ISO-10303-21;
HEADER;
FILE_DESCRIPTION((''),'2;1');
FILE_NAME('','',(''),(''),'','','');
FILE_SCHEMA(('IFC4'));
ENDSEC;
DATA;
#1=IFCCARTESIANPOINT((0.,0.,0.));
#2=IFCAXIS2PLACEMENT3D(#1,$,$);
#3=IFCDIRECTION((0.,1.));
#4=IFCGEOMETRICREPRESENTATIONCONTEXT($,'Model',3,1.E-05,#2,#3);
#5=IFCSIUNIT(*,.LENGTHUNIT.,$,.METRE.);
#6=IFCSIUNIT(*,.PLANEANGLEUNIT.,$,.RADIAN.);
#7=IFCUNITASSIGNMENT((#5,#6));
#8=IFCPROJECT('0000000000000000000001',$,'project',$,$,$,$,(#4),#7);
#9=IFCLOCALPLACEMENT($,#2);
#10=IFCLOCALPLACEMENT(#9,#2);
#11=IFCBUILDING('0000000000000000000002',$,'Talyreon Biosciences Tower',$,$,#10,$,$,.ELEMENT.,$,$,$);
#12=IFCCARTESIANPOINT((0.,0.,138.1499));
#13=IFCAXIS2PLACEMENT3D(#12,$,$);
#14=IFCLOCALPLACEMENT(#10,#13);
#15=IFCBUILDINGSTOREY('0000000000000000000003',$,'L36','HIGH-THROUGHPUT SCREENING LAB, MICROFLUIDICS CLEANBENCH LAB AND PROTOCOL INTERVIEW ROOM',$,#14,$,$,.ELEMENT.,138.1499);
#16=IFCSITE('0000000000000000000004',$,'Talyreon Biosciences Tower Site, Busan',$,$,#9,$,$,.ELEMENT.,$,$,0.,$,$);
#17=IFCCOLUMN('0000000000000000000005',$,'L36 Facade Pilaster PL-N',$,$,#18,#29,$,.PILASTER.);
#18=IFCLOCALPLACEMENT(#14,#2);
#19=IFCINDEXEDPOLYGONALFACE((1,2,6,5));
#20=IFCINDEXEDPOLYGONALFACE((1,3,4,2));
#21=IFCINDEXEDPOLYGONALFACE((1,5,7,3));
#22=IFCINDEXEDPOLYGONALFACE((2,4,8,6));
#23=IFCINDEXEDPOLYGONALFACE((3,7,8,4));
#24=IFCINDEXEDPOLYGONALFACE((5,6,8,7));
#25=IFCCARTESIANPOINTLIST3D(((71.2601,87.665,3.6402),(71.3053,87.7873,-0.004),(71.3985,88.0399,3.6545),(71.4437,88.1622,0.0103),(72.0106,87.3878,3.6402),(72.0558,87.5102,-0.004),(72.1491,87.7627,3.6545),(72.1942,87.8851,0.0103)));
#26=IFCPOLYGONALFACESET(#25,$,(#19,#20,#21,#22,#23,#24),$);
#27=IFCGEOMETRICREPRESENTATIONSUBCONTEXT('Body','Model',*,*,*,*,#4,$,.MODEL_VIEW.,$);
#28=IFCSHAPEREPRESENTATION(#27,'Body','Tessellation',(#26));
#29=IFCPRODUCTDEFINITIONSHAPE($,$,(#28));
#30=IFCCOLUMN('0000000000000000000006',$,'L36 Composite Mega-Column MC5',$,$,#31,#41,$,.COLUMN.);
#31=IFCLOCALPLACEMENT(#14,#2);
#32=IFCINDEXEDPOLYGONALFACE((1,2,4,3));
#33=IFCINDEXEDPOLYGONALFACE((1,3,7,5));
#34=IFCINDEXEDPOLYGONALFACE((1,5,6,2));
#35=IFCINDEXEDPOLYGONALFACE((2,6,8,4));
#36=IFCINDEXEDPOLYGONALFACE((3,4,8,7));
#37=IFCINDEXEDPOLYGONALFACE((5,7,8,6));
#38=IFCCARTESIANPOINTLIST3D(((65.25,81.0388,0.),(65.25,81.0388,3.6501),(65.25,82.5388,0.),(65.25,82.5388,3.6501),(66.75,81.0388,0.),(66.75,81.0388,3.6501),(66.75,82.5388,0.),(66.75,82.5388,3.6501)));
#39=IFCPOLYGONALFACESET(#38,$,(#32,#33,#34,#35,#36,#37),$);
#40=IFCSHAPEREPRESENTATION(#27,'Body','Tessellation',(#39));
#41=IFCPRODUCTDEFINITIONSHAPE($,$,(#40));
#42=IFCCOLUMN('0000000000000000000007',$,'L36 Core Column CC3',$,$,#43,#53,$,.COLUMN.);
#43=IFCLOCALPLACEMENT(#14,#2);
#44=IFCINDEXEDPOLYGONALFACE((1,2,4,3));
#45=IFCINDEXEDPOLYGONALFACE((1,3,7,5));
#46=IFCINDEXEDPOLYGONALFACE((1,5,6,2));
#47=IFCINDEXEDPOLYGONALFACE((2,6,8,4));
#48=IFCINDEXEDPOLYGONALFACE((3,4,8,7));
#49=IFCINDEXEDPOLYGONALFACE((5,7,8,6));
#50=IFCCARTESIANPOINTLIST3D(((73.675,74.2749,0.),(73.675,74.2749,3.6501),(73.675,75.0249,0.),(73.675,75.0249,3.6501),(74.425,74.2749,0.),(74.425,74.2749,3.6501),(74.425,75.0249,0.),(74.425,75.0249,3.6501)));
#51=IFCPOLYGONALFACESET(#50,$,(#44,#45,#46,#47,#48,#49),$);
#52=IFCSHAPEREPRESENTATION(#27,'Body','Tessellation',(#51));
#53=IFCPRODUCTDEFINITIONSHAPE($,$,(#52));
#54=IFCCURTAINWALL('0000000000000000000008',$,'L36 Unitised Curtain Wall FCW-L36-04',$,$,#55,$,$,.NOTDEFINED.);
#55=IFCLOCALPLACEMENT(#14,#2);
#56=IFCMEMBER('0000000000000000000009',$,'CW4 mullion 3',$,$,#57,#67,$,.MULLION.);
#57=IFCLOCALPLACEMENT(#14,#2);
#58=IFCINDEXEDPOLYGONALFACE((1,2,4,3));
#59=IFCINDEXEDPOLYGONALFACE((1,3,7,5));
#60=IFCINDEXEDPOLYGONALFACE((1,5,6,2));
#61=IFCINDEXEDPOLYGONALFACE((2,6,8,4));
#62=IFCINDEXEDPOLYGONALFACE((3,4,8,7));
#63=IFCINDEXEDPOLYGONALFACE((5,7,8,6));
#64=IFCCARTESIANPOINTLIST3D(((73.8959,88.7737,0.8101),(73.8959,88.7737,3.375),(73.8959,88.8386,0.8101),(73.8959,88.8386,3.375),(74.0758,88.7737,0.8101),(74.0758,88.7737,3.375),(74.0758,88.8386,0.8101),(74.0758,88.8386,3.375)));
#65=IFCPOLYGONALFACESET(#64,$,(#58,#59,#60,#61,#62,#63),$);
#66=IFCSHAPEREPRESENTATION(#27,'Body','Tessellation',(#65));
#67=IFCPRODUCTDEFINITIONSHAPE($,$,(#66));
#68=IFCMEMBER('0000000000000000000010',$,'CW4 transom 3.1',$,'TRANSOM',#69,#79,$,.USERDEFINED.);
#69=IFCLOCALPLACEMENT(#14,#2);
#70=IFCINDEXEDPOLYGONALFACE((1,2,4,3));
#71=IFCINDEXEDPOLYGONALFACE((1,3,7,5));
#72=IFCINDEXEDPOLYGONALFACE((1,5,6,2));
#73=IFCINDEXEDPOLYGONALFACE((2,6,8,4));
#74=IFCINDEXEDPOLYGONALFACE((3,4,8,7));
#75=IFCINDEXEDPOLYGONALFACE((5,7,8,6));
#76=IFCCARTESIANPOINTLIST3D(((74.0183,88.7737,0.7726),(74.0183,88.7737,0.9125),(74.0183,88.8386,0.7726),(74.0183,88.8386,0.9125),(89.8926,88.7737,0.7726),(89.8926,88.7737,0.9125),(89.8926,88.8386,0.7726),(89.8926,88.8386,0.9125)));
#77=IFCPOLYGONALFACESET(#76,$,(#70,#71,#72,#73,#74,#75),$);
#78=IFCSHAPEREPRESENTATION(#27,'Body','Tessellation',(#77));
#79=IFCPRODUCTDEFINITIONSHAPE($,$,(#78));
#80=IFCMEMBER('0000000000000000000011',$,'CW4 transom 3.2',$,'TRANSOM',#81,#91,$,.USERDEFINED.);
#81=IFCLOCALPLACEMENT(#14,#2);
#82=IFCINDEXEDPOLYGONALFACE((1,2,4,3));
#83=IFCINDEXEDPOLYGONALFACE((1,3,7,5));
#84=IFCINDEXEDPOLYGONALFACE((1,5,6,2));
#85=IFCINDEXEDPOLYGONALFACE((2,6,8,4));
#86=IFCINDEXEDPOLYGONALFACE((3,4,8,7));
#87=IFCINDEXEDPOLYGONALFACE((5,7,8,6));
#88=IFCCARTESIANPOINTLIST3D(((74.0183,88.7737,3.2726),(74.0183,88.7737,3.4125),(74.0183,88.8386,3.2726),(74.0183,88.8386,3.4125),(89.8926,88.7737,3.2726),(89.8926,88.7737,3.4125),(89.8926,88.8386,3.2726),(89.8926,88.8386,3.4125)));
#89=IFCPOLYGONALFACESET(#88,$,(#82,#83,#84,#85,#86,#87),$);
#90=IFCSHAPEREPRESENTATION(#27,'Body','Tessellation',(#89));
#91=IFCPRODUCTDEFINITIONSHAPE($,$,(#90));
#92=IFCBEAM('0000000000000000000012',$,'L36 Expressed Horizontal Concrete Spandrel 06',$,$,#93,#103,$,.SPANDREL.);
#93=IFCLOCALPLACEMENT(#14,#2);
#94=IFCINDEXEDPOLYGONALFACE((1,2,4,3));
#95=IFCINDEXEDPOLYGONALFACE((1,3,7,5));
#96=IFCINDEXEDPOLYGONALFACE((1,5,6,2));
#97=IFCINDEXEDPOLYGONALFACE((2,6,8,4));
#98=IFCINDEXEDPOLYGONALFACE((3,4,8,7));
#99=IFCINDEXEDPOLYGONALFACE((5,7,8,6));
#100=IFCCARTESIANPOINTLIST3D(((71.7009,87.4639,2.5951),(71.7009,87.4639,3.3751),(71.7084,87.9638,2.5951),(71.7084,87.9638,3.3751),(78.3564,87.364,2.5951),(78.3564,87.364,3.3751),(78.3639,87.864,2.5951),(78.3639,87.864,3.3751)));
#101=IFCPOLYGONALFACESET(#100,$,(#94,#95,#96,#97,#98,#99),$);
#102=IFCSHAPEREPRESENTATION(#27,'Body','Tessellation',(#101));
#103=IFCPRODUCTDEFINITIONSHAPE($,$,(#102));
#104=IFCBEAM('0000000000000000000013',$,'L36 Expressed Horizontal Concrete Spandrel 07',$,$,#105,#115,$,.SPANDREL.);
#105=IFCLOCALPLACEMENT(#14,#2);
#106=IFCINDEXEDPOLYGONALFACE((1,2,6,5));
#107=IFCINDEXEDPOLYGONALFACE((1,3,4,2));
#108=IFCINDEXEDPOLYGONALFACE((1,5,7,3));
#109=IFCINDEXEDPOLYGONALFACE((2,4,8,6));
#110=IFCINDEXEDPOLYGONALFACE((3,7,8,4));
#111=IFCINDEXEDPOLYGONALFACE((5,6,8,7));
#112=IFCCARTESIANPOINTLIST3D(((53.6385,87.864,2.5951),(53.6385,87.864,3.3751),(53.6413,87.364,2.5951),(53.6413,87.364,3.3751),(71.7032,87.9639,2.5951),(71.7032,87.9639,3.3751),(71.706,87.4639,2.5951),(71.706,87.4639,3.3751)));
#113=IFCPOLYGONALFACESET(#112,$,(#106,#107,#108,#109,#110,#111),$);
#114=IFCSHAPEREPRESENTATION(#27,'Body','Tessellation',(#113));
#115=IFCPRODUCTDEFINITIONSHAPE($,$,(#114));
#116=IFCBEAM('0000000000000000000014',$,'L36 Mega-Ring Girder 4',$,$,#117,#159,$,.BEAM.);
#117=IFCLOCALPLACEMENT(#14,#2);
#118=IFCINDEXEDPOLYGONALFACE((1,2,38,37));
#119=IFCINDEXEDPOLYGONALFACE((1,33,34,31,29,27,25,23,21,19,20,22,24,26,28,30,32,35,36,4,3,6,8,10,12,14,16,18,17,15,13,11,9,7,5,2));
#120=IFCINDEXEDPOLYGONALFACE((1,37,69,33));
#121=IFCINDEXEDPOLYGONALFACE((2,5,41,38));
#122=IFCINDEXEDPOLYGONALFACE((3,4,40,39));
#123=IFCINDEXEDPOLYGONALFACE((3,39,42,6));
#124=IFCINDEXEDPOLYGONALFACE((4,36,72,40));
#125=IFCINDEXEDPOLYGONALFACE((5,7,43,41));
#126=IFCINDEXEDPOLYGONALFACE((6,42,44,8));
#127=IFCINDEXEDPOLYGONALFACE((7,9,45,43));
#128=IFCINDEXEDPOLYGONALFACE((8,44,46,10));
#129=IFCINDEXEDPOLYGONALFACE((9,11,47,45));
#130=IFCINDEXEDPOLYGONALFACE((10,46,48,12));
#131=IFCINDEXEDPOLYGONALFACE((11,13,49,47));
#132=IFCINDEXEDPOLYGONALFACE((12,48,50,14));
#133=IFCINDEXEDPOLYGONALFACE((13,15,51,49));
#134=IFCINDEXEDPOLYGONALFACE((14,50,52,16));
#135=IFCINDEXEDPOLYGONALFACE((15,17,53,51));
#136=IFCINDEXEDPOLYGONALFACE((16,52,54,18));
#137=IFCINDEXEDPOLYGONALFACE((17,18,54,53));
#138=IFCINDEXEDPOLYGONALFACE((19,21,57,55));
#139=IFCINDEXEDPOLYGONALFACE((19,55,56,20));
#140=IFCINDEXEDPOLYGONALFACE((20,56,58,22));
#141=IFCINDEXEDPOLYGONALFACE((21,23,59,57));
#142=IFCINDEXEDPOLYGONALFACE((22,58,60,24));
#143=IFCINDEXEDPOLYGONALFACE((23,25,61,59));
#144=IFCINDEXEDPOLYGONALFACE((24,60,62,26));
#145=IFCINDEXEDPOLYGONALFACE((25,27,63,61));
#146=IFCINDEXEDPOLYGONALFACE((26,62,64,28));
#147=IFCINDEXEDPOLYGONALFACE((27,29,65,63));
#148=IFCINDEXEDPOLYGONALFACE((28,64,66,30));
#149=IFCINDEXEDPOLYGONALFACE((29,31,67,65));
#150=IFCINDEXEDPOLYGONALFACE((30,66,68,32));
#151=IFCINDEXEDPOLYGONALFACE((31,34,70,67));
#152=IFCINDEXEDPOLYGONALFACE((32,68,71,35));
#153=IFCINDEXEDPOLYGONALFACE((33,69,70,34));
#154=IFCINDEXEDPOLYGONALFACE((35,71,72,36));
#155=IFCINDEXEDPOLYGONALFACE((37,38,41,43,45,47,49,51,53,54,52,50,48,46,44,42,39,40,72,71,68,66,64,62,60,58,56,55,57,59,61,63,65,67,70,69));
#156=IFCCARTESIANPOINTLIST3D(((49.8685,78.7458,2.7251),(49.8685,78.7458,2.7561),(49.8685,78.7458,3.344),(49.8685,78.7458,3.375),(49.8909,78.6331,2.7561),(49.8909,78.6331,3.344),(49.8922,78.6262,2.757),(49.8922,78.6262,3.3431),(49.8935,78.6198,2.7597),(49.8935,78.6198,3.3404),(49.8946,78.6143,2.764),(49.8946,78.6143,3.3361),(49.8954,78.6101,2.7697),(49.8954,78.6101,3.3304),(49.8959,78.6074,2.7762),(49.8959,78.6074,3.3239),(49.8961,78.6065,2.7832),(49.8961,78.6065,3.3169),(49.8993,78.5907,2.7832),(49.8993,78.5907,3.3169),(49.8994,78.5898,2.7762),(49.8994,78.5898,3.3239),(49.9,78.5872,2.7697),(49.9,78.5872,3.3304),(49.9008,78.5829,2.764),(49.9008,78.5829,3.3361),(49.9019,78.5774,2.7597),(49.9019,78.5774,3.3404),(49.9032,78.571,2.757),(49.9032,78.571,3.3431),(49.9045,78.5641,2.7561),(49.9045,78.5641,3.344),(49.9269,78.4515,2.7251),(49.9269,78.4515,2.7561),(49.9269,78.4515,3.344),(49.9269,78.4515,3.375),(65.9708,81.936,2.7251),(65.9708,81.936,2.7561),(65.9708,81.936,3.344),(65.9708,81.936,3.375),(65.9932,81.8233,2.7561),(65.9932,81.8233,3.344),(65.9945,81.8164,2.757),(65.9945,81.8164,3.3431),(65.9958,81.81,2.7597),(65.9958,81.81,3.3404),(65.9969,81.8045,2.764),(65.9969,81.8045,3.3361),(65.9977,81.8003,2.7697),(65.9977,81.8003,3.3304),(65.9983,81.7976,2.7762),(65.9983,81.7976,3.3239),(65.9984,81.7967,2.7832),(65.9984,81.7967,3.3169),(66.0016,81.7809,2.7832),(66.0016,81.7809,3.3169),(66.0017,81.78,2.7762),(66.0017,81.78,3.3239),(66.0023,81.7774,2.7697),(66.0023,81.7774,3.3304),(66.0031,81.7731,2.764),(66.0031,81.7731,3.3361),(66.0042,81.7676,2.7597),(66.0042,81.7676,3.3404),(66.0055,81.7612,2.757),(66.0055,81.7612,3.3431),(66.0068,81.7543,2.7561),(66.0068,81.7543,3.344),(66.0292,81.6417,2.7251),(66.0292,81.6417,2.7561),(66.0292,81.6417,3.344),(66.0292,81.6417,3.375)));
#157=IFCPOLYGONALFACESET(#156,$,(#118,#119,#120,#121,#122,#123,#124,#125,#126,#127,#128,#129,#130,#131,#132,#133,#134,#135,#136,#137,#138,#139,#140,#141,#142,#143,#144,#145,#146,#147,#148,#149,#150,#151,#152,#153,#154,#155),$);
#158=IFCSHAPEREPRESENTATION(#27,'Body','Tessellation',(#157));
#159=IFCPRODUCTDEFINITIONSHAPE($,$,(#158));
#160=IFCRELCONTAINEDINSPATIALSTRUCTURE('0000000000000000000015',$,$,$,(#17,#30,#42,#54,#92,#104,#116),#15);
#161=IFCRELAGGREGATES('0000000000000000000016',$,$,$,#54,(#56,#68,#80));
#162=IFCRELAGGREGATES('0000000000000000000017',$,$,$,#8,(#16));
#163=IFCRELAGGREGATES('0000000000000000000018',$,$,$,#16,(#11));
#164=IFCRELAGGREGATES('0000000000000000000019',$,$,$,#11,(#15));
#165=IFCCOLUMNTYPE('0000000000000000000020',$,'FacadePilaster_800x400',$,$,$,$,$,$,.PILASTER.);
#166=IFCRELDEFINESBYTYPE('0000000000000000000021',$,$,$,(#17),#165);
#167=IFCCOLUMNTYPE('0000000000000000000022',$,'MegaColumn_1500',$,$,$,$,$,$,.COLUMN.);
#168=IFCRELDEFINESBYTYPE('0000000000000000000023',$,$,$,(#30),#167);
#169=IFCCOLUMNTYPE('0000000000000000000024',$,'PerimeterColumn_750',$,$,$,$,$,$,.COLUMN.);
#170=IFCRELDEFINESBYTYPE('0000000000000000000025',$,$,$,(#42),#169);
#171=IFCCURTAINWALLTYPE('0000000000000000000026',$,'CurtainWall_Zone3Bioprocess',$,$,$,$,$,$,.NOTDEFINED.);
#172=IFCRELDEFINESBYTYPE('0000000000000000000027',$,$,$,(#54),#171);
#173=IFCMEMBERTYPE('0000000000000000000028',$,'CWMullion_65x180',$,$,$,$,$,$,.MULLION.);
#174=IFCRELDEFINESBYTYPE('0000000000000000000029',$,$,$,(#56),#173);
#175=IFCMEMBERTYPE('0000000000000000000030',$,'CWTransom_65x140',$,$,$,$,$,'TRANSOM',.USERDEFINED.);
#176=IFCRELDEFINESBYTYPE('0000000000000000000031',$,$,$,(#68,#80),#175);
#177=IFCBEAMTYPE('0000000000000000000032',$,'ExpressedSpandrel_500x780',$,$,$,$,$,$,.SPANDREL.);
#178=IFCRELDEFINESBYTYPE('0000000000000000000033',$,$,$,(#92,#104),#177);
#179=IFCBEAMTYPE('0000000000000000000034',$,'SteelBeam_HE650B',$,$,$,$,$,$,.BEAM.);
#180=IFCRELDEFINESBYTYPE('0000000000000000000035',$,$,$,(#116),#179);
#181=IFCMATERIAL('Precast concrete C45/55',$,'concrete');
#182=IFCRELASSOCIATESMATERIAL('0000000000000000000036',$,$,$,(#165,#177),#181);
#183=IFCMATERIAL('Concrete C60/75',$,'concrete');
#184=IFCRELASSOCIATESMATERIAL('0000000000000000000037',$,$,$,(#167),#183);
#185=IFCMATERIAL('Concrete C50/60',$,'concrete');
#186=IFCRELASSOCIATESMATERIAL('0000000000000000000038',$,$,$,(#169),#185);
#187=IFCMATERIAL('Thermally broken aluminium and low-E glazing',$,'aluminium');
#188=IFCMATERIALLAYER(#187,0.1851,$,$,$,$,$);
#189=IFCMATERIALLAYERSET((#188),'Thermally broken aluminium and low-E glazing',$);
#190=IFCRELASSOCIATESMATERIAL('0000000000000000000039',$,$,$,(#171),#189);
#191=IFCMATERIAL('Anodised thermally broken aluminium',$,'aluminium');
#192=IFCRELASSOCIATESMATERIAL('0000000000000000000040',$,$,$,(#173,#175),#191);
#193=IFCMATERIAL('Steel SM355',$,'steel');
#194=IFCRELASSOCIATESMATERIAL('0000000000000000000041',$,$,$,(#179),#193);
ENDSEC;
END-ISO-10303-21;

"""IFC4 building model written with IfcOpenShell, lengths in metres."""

from ifc_helpers import new_model, si_unit, direction, frame, origin, origin_2d, place, context, subcontext, project, spatial, rectangle, i_section, extrude, material, layer, layer_set, material_profile, profile_set, type_object, element, aggregate, save


model = new_model("IFC4")

# Units and contexts
model_context = context("Model", 3, precision=1e-05, world=origin(), true_north=direction((0.0, 1.0)))
body_context = subcontext(model_context, "Body", "Model", "MODEL_VIEW")
ifc_project = project(units=[si_unit("LENGTHUNIT", "METRE"), si_unit("PLANEANGLEUNIT", "RADIAN")], contexts=[model_context])

# Site, building, storey
site_placement = place(None, origin())
site = spatial("IfcSite", under=ifc_project, at=site_placement, Name="Talyreon Biosciences Tower Site, Busan", CompositionType="ELEMENT", RefElevation=0.0)
building_placement = place(site_placement, origin())
building = spatial("IfcBuilding", under=site, at=building_placement, Name="Talyreon Biosciences Tower", CompositionType="ELEMENT")
storey_placement = place(building_placement, frame((0.0, 0.0, 138.1499)))
storey = spatial("IfcBuildingStorey", under=building, at=storey_placement, Name="L36", Description="HIGH-THROUGHPUT SCREENING LAB, MICROFLUIDICS CLEANBENCH LAB AND PROTOCOL INTERVIEW ROOM", CompositionType="ELEMENT", Elevation=138.1499)

# Columns
ifc_material_1 = material(Name="Precast concrete C45/55", Category="concrete")
ifc_material_profile_1 = material_profile(ifc_material_1, rectangle(XDim=0.8, YDim=0.3999, at=origin_2d()), Name="RC 800x400")
ifc_profile_set_1 = profile_set([ifc_material_profile_1], Name="Precast concrete C45/55")
column_type_1 = type_object("IfcColumnType", Name="FacadePilaster_800x400", PredefinedType="PILASTER", material=ifc_profile_set_1)
column_1_placement = place(storey_placement, frame((71.7498, 87.8362, 0.0032), z_axis=(-0.012387, -0.033544, 0.99936), x_axis=(-0.938087, 0.346399, 0.0)))
element("IfcColumn", 1, at=column_1_placement, inside=storey, type_object=column_type_1, Name="L36 Facade Pilaster PL-N", PredefinedType="PILASTER", context=body_context, shape_type="SweptSolid", body=[
    extrude(rectangle(XDim=0.8, YDim=0.3999, at=origin_2d()), origin(), (0.0, 0.0, 1.0), 3.6465),
])
ifc_material_2 = material(Name="Concrete C60/75", Category="concrete")
ifc_material_profile_2 = material_profile(ifc_material_2, rectangle(XDim=1.5, YDim=1.5, at=origin_2d()), Name="RC 1500x1500")
ifc_profile_set_2 = profile_set([ifc_material_profile_2], Name="Concrete C60/75")
column_type_2 = type_object("IfcColumnType", Name="MegaColumn_1500", PredefinedType="COLUMN", material=ifc_profile_set_2)
column_2_placement = place(storey_placement, frame((66.0, 81.7888, 0.0), z_axis=(0.0, 0.0, 1.0), x_axis=(1.0, 0.0, 0.0)))
element("IfcColumn", 2, at=column_2_placement, inside=storey, type_object=column_type_2, Name="L36 Composite Mega-Column MC5", PredefinedType="COLUMN", context=body_context, shape_type="SweptSolid", body=[
    extrude(rectangle(XDim=1.5, YDim=1.5, at=origin_2d()), origin(), (0.0, 0.0, 1.0), 3.6501),
])
ifc_material_3 = material(Name="Concrete C50/60", Category="concrete")
ifc_material_profile_3 = material_profile(ifc_material_3, rectangle(XDim=0.75, YDim=0.75, at=origin_2d()), Name="RC 750x750")
ifc_profile_set_3 = profile_set([ifc_material_profile_3], Name="Concrete C50/60")
column_type_3 = type_object("IfcColumnType", Name="PerimeterColumn_750", PredefinedType="COLUMN", material=ifc_profile_set_3)
column_3_placement = place(storey_placement, frame((74.05, 74.6499, 0.0), z_axis=(0.0, 0.0, 1.0), x_axis=(1.0, 0.0, 0.0)))
element("IfcColumn", 3, at=column_3_placement, inside=storey, type_object=column_type_3, Name="L36 Core Column CC3", PredefinedType="COLUMN", context=body_context, shape_type="SweptSolid", body=[
    extrude(rectangle(XDim=0.75, YDim=0.75, at=origin_2d()), origin(), (0.0, 0.0, 1.0), 3.6501),
])

# Curtain wall, members
ifc_material_4 = material(Name="Thermally broken aluminium and low-E glazing", Category="aluminium")
ifc_layer_1 = layer(ifc_material_4, 0.1851)
ifc_layer_set_1 = layer_set([ifc_layer_1], Name="Thermally broken aluminium and low-E glazing")
curtain_wall_type = type_object("IfcCurtainWallType", Name="CurtainWall_Zone3Bioprocess", PredefinedType="NOTDEFINED", material=ifc_layer_set_1)
curtain_wall_placement = place(storey_placement, origin())
curtain_wall = element("IfcCurtainWall", 4, at=curtain_wall_placement, inside=storey, type_object=curtain_wall_type, Name="L36 Unitised Curtain Wall FCW-L36-04", PredefinedType="NOTDEFINED")
ifc_material_5 = material(Name="Anodised thermally broken aluminium", Category="aluminium")
ifc_material_profile_4 = material_profile(ifc_material_5, rectangle(XDim=0.0649, YDim=0.1799, at=origin_2d()), Name="ALUM MULLION 65x180")
ifc_profile_set_4 = profile_set([ifc_material_profile_4], Name="Anodised thermally broken aluminium")
member_type_1 = type_object("IfcMemberType", Name="CWMullion_65x180", PredefinedType="MULLION", material=ifc_profile_set_4)
member_1_placement = place(storey_placement, frame((73.9858, 88.8062, 0.8101), z_axis=(0.0, 0.0, 1.0), x_axis=(0.0, 1.0, 0.0)))
member_1 = element("IfcMember", 5, at=member_1_placement, type_object=member_type_1, Name="CW4 mullion 3", PredefinedType="MULLION", context=body_context, shape_type="SweptSolid", body=[
    extrude(rectangle(XDim=0.0649, YDim=0.1799, at=origin_2d()), origin(), (0.0, 0.0, 1.0), 2.5649),
])
ifc_material_profile_5 = material_profile(ifc_material_5, rectangle(XDim=0.0649, YDim=0.1399, at=origin_2d()), Name="ALUM TRANSOM 65x140")
ifc_profile_set_5 = profile_set([ifc_material_profile_5], Name="Anodised thermally broken aluminium")
member_type_2 = type_object("IfcMemberType", Name="CWTransom_65x140", ElementType="TRANSOM", PredefinedType="USERDEFINED", material=ifc_profile_set_5)
member_2_placement = place(storey_placement, frame((74.0183, 88.8062, 0.8425), z_axis=(1.0, 0.0, 0.0), x_axis=(0.0, 1.0, 0.0)))
member_2 = element("IfcMember", 6, at=member_2_placement, type_object=member_type_2, Name="CW4 transom 3.1", ObjectType="TRANSOM", PredefinedType="USERDEFINED", context=body_context, shape_type="SweptSolid", body=[
    extrude(rectangle(XDim=0.0649, YDim=0.1399, at=origin_2d()), origin(), (0.0, 0.0, 1.0), 15.8743),
])
member_3_placement = place(storey_placement, frame((74.0183, 88.8062, 3.3425), z_axis=(1.0, 0.0, 0.0), x_axis=(0.0, 1.0, 0.0)))
member_3 = element("IfcMember", 7, at=member_3_placement, type_object=member_type_2, Name="CW4 transom 3.2", ObjectType="TRANSOM", PredefinedType="USERDEFINED", context=body_context, shape_type="SweptSolid", body=[
    extrude(rectangle(XDim=0.0649, YDim=0.1399, at=origin_2d()), origin(), (0.0, 0.0, 1.0), 15.8743),
])

# Beams
ifc_material_profile_6 = material_profile(ifc_material_1, rectangle(XDim=0.5, YDim=0.78, at=origin_2d()), Name="RCB 500x780")
ifc_profile_set_6 = profile_set([ifc_material_profile_6], Name="Precast concrete C45/55")
beam_type_1 = type_object("IfcBeamType", Name="ExpressedSpandrel_500x780", PredefinedType="SPANDREL", material=ifc_profile_set_6)
beam_1_placement = place(storey_placement, frame((78.3601, 87.614, 2.9851), z_axis=(-0.999887, 0.015001, 0.0), x_axis=(-0.015001, -0.999887, 0.0)))
element("IfcBeam", 8, at=beam_1_placement, inside=storey, type_object=beam_type_1, Name="L36 Expressed Horizontal Concrete Spandrel 06", PredefinedType="SPANDREL", context=body_context, shape_type="SweptSolid", body=[
    extrude(rectangle(XDim=0.5, YDim=0.78, at=origin_2d()), origin(), (0.0, 0.0, 1.0), 6.6562),
])
beam_2_placement = place(storey_placement, frame((71.7046, 87.7139, 2.9851), z_axis=(-0.999985, -0.005527, 0.0), x_axis=(0.005527, -0.999985, 0.0)))
element("IfcBeam", 9, at=beam_2_placement, inside=storey, type_object=beam_type_1, Name="L36 Expressed Horizontal Concrete Spandrel 07", PredefinedType="SPANDREL", context=body_context, shape_type="SweptSolid", body=[
    extrude(rectangle(XDim=0.5, YDim=0.78, at=origin_2d()), origin(), (0.0, 0.0, 1.0), 18.0649),
])
ifc_material_6 = material(Name="Steel SM355", Category="steel")
ifc_material_profile_7 = material_profile(ifc_material_6, i_section(OverallWidth=0.3, OverallDepth=0.6499, WebThickness=0.0161, FlangeThickness=0.031, FilletRadius=0.0271, at=origin_2d()), Name="HE650B")
ifc_profile_set_7 = profile_set([ifc_material_profile_7], Name="Steel SM355")
beam_type_2 = type_object("IfcBeamType", Name="SteelBeam_HE650B", PredefinedType="BEAM", material=ifc_profile_set_7)
beam_3_placement = place(storey_placement, frame((66.0, 81.7888, 3.05), z_axis=(-0.980934, -0.194343, 0.0), x_axis=(0.194343, -0.980934, 0.0)))
element("IfcBeam", 10, at=beam_3_placement, inside=storey, type_object=beam_type_2, Name="L36 Mega-Ring Girder 4", PredefinedType="BEAM", context=body_context, shape_type="SweptSolid", body=[
    extrude(i_section(OverallWidth=0.3, OverallDepth=0.6499, WebThickness=0.0161, FlangeThickness=0.031, FilletRadius=0.0271, at=origin_2d()), origin(), (0.0, 0.0, 1.0), 16.4153),
])

aggregate(curtain_wall, [member_1, member_2, member_3])

save(model, "model.ifc")
